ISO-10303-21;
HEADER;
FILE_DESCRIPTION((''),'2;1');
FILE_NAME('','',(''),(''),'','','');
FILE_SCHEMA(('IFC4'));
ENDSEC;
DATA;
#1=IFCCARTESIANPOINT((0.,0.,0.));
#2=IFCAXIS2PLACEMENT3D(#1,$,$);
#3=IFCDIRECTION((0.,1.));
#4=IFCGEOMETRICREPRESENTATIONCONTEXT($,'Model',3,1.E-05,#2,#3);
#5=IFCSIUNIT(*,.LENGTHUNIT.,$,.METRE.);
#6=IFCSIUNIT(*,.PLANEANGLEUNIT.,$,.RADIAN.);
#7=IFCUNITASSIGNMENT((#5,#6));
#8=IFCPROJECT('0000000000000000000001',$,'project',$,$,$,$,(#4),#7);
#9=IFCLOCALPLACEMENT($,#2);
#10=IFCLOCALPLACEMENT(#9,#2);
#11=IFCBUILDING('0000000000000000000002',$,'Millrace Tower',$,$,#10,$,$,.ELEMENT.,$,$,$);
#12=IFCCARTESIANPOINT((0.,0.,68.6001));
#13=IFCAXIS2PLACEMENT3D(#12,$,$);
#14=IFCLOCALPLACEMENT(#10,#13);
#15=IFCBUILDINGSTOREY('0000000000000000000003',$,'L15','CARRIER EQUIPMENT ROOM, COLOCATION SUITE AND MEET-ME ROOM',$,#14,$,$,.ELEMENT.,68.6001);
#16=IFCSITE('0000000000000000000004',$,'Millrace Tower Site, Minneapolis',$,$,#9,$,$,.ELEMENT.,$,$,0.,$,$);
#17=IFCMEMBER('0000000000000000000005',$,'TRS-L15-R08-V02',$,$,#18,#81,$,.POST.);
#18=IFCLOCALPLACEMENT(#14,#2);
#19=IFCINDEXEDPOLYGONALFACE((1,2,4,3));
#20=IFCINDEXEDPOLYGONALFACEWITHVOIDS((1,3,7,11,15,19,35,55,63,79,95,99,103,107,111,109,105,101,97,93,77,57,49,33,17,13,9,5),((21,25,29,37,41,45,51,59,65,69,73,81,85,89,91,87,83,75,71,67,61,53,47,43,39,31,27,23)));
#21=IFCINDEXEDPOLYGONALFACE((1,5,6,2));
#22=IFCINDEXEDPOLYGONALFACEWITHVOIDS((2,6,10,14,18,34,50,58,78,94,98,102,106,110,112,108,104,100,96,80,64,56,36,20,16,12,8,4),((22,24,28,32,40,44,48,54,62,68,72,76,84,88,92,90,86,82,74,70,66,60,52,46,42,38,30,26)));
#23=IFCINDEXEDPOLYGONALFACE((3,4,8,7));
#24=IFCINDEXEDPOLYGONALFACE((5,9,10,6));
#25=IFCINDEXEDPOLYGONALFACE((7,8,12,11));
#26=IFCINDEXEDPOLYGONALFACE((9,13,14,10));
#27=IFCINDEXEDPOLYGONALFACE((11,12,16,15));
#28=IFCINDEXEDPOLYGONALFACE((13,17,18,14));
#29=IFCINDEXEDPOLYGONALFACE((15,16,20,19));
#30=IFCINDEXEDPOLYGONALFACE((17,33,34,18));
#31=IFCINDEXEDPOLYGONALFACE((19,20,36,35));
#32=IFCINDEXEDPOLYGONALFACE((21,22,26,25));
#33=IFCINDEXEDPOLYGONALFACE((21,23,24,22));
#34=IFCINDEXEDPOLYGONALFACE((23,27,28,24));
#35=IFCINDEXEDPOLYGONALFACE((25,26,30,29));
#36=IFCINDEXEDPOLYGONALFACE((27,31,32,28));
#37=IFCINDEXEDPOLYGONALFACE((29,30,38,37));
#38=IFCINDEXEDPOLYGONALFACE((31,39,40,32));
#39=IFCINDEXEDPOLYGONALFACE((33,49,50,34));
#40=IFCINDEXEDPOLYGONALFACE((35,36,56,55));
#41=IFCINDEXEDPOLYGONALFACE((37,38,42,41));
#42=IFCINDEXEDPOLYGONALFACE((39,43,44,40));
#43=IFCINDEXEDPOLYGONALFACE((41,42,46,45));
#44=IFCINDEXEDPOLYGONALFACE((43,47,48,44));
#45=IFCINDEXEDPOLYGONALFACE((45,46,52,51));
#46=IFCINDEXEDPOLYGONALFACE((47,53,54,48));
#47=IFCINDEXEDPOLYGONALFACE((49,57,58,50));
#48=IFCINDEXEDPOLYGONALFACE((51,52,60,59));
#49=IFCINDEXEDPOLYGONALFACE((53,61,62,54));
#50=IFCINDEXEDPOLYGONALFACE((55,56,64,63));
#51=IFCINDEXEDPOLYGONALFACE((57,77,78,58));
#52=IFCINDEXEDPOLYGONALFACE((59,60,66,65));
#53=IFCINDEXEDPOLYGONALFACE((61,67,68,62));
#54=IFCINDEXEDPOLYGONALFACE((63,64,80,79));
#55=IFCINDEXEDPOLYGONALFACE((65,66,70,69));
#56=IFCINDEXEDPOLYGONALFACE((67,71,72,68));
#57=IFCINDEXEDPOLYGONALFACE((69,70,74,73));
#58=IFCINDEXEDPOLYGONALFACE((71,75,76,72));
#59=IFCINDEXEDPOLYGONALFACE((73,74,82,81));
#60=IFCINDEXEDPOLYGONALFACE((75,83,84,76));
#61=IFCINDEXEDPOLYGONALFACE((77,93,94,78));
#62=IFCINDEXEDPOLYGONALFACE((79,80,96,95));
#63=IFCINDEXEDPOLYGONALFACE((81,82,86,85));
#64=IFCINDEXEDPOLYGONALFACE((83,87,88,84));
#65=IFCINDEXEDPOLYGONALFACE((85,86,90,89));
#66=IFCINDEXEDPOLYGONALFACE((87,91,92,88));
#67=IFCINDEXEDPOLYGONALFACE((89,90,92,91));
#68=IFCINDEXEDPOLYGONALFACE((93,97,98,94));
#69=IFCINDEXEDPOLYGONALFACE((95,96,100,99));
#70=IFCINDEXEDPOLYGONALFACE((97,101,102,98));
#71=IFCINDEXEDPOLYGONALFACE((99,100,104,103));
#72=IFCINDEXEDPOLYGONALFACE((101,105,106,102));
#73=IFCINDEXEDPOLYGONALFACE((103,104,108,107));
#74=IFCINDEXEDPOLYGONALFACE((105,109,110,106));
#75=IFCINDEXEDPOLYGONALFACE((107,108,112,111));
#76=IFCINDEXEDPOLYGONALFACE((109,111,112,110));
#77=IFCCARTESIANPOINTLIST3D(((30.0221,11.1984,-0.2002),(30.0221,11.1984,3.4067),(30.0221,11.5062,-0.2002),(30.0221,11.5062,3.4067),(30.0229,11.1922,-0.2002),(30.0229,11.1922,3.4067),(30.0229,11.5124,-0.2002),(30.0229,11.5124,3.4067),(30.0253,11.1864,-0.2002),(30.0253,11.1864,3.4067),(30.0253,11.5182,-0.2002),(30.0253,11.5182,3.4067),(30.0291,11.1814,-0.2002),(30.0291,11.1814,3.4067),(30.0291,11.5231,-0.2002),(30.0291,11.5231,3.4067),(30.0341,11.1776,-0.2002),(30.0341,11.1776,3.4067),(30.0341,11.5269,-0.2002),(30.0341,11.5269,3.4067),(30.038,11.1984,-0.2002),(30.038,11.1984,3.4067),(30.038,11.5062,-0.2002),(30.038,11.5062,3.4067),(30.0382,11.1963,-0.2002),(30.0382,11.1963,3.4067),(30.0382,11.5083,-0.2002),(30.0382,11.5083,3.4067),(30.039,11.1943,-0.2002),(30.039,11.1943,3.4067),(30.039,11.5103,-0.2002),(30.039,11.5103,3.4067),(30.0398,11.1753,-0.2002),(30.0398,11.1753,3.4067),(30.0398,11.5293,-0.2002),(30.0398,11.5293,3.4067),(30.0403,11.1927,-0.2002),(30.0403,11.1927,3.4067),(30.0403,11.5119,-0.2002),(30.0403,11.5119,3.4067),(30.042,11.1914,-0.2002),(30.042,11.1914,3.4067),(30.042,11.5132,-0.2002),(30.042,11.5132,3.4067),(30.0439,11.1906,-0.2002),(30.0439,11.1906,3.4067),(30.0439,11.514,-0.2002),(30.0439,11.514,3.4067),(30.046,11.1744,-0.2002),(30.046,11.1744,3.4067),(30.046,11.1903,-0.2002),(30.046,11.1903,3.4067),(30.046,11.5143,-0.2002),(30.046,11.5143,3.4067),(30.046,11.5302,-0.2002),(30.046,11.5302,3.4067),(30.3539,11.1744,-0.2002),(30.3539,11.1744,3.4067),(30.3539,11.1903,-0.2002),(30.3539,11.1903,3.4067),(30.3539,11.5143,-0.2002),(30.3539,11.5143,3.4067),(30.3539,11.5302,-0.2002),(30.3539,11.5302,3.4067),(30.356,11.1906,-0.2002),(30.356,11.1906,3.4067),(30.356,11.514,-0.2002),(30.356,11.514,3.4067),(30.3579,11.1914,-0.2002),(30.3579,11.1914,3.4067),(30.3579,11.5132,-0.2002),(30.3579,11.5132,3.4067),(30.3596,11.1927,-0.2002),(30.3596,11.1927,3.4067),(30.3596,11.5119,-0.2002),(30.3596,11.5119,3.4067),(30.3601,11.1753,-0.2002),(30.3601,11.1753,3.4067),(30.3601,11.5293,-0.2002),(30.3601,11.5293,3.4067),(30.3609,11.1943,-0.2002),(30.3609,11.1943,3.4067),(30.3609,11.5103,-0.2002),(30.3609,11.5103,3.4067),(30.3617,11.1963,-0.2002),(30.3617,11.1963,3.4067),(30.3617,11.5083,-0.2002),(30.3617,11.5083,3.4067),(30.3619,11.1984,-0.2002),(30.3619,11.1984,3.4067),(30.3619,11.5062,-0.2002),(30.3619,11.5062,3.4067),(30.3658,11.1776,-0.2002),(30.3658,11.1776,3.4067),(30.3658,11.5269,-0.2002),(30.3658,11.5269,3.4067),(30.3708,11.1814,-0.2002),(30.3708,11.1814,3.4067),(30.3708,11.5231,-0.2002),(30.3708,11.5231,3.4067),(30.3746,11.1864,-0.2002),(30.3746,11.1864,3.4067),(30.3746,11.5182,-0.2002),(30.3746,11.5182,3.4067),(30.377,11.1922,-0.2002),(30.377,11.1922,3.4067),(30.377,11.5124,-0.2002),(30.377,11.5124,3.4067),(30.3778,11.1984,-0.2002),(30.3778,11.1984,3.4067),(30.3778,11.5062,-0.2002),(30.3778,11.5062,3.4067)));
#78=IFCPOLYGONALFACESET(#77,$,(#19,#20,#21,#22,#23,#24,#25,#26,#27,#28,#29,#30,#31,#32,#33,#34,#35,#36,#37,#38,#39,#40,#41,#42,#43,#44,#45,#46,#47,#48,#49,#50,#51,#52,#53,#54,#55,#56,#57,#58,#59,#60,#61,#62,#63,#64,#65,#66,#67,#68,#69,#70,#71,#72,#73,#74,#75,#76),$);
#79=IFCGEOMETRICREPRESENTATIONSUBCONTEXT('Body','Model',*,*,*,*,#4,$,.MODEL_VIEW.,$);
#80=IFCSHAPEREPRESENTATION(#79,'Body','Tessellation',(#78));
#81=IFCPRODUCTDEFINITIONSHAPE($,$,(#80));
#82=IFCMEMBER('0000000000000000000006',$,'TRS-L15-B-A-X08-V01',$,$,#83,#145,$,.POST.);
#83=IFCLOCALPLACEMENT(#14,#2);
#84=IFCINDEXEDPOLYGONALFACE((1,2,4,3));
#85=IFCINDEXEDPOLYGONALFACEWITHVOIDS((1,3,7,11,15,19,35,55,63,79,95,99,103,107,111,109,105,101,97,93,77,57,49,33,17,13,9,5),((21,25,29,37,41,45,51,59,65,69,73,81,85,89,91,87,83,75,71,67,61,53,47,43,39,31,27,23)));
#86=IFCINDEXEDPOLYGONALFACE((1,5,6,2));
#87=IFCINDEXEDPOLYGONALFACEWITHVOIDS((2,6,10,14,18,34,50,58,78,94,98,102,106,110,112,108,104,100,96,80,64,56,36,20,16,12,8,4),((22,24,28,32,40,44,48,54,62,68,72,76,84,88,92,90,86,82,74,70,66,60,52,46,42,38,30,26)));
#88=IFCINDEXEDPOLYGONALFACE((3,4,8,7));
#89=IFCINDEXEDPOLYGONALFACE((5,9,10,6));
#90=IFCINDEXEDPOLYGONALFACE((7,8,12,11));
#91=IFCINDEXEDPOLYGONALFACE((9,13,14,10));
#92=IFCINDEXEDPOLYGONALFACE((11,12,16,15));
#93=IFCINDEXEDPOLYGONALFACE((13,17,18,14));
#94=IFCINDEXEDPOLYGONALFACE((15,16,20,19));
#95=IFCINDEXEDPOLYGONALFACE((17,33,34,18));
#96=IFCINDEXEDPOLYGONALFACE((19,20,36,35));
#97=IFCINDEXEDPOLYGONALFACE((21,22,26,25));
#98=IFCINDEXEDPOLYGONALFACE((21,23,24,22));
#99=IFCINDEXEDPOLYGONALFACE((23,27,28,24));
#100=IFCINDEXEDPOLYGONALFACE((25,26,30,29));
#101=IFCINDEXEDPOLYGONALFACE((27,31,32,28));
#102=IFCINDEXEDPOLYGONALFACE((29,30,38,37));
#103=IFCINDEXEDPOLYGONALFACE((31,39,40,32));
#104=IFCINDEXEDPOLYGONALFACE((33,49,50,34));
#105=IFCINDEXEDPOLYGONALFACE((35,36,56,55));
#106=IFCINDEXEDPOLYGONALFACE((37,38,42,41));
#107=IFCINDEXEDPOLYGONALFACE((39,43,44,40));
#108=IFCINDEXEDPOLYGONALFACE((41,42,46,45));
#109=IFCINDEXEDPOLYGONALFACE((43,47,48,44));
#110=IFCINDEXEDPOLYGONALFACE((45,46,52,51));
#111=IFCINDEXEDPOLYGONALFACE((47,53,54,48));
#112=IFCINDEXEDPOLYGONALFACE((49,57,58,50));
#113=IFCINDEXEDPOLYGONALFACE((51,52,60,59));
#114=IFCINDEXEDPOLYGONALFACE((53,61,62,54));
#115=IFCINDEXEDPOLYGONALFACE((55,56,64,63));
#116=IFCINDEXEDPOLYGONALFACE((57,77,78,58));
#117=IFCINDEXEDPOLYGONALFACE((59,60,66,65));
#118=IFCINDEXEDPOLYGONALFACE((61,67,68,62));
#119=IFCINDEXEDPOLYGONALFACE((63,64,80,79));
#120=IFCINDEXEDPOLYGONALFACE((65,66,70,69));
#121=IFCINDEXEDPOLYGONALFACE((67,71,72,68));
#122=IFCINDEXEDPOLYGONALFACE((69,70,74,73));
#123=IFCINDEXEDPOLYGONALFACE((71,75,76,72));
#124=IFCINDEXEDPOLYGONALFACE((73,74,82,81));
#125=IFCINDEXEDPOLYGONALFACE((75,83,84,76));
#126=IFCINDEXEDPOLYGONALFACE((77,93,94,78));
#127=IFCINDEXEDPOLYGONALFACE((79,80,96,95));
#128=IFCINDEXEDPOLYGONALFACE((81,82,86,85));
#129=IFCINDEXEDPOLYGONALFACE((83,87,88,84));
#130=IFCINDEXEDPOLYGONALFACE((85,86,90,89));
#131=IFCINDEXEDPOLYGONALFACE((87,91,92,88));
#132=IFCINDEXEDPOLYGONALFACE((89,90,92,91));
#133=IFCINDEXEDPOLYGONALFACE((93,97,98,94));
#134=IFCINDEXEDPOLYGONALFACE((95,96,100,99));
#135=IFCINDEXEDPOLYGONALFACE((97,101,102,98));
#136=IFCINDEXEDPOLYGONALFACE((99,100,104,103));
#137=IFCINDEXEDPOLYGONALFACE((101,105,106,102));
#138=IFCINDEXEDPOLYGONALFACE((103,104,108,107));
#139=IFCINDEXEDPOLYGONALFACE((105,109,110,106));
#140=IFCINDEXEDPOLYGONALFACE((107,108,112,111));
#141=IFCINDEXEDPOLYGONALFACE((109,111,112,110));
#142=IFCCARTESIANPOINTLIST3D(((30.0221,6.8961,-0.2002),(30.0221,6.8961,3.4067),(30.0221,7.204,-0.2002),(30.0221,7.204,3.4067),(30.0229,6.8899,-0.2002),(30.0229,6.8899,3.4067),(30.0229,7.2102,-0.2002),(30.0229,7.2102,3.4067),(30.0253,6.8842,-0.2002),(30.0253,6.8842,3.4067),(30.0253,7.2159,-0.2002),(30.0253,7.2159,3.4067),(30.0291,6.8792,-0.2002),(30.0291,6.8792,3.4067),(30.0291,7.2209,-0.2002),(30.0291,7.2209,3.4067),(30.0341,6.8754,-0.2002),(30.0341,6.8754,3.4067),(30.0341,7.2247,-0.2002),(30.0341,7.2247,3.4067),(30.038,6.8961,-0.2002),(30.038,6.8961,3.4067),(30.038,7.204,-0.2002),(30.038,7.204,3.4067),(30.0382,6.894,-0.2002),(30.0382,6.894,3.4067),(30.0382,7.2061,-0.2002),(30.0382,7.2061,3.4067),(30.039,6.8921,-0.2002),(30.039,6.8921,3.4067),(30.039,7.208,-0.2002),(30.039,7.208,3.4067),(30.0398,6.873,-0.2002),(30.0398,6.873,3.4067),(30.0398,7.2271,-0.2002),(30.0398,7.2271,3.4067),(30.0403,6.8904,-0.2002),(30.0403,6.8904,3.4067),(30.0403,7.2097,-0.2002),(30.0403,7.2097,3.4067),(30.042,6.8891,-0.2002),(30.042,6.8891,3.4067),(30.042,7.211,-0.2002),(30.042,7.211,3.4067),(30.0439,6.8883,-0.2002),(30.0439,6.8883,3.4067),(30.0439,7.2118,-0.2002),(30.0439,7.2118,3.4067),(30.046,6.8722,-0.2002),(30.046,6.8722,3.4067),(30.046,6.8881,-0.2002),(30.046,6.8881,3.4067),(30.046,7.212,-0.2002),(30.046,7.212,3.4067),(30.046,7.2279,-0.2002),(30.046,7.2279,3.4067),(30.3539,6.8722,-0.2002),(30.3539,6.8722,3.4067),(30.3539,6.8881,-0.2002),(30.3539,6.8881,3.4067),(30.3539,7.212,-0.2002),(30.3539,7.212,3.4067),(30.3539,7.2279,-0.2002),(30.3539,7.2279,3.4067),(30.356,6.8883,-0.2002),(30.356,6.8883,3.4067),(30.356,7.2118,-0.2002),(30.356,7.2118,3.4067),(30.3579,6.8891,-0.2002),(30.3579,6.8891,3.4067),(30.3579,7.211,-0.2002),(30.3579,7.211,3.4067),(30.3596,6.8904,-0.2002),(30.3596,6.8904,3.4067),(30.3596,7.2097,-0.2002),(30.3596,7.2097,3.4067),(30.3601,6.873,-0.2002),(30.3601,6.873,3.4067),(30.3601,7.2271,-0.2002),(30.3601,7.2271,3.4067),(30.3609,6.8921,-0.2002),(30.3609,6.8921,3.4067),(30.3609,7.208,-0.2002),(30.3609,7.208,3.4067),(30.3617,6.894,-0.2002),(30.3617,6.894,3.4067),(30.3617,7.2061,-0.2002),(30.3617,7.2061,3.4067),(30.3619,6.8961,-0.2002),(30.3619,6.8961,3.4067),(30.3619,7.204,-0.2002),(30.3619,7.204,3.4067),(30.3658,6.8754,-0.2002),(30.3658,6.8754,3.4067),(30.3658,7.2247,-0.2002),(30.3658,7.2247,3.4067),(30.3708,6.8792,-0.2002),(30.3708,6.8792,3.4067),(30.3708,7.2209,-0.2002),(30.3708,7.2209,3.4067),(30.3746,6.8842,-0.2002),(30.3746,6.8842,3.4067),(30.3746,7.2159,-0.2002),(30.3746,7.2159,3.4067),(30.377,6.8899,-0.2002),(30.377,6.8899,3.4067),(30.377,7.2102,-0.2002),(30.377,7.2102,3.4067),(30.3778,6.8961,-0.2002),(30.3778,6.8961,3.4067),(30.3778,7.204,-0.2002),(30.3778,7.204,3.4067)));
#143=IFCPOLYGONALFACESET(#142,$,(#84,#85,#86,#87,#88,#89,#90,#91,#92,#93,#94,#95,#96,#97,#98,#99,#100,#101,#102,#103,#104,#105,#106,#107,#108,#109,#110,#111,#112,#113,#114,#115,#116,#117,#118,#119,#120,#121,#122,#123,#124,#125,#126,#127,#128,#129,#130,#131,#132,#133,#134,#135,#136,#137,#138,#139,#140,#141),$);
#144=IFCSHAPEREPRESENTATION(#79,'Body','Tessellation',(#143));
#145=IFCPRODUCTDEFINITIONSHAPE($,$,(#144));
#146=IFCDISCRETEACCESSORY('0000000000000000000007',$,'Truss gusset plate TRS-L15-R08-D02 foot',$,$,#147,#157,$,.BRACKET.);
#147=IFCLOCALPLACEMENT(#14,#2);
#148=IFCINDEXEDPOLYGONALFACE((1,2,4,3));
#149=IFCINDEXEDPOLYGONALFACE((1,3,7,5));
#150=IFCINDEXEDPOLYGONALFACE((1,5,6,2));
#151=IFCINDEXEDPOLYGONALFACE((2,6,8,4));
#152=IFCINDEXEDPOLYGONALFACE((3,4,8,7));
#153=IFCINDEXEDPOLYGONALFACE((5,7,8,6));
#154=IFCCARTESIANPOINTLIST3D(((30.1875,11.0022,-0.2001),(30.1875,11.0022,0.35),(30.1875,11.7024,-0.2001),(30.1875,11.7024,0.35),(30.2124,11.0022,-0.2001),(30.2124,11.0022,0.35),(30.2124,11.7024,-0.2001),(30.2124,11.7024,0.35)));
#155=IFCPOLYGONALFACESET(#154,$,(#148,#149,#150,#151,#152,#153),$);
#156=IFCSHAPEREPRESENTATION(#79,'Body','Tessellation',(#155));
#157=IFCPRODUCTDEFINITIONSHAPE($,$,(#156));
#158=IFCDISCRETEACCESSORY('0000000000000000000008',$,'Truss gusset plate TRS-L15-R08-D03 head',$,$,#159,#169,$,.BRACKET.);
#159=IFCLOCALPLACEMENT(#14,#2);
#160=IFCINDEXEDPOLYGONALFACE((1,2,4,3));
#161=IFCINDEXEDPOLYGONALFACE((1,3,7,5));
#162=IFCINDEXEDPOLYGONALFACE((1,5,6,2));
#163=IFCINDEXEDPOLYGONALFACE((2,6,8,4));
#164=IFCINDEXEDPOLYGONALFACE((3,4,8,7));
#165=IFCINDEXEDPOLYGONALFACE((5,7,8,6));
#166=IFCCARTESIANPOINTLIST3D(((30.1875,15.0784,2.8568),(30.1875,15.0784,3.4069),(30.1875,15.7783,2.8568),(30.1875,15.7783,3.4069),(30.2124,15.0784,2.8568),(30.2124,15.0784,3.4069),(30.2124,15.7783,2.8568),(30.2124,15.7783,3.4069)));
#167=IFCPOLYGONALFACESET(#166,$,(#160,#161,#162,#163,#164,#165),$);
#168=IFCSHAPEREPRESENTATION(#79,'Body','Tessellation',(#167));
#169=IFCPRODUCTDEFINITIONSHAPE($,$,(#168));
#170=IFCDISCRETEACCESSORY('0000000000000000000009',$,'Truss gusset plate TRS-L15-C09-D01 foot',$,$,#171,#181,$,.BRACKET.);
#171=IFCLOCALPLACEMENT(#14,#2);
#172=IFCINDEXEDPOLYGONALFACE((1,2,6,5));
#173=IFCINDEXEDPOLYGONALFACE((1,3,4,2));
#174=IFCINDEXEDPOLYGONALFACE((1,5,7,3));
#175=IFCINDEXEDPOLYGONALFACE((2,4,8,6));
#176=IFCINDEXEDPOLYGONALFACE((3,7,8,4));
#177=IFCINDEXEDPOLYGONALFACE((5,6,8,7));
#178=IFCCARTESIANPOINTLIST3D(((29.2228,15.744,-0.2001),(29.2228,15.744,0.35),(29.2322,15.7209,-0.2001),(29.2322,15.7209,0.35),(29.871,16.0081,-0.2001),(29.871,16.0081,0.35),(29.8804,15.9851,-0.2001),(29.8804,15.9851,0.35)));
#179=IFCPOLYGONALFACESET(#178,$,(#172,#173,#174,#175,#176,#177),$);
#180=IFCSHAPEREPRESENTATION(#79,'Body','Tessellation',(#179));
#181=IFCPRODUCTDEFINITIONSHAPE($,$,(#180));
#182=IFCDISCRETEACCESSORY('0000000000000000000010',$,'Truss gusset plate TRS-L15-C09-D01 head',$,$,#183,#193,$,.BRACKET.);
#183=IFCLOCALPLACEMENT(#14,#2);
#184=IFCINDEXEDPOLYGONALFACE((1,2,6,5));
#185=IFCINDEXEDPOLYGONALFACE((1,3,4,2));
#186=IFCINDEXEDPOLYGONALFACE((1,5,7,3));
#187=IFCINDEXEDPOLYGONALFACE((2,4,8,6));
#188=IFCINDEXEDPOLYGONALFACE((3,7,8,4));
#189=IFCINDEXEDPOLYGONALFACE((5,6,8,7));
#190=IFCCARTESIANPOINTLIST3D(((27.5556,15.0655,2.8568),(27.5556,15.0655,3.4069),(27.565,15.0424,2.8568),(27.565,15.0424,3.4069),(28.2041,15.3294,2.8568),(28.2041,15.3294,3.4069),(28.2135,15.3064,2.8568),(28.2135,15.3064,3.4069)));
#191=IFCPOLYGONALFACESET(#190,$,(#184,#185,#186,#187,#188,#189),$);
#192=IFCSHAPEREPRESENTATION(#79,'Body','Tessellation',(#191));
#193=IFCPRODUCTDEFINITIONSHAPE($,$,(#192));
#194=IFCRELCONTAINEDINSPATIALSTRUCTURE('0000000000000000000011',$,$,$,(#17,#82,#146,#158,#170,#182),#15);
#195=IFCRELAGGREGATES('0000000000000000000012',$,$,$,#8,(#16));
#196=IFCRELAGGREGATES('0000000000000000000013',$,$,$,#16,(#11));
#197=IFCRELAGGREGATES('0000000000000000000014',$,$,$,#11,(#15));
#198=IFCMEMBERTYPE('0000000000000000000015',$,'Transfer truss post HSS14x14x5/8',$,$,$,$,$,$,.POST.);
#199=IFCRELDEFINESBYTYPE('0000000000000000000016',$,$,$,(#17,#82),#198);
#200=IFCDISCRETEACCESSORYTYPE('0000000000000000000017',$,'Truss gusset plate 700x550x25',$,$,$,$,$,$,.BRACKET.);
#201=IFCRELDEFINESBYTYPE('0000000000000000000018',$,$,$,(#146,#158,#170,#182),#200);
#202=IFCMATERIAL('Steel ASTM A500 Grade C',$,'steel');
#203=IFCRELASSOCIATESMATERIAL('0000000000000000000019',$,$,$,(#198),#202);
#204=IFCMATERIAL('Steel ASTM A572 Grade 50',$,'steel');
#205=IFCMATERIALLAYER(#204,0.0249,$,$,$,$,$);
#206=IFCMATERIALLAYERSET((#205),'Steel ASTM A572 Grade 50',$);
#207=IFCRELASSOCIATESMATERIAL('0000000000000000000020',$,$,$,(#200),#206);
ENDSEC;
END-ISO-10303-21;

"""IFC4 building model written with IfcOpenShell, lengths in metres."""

from ifc_helpers import new_model, si_unit, direction, frame, origin, origin_2d, place, context, subcontext, project, spatial, rectangle, hollow_rectangle, extrude, material, layer, layer_set, material_profile, profile_set, type_object, element, save


model = new_model("IFC4")

# Units and contexts
model_context = context("Model", 3, precision=1e-05, world=origin(), true_north=direction((0.0, 1.0)))
body_context = subcontext(model_context, "Body", "Model", "MODEL_VIEW")
ifc_project = project(units=[si_unit("LENGTHUNIT", "METRE"), si_unit("PLANEANGLEUNIT", "RADIAN")], contexts=[model_context])

# Site, building, storey
site_placement = place(None, origin())
site = spatial("IfcSite", under=ifc_project, at=site_placement, Name="Millrace Tower Site, Minneapolis", CompositionType="ELEMENT", RefElevation=0.0)
building_placement = place(site_placement, origin())
building = spatial("IfcBuilding", under=site, at=building_placement, Name="Millrace Tower", CompositionType="ELEMENT")
storey_placement = place(building_placement, frame((0.0, 0.0, 68.6001)))
storey = spatial("IfcBuildingStorey", under=building, at=storey_placement, Name="L15", Description="CARRIER EQUIPMENT ROOM, COLOCATION SUITE AND MEET-ME ROOM", CompositionType="ELEMENT", Elevation=68.6001)

# Members
ifc_material_1 = material(Name="Steel ASTM A500 Grade C", Category="steel")
ifc_material_profile_1 = material_profile(ifc_material_1, hollow_rectangle(XDim=0.3557, YDim=0.3557, WallThickness=0.0159, InnerFilletRadius=0.0081, OuterFilletRadius=0.0239, at=origin_2d()))
ifc_profile_set_1 = profile_set([ifc_material_profile_1], Name="Steel ASTM A500 Grade C")
member_type_1 = type_object("IfcMemberType", Name="Transfer truss post HSS14x14x5/8", PredefinedType="POST", material=ifc_profile_set_1)
for number, where, z_axis, x_axis, name in (
    (1, (30.2, 11.3523, -0.2002), (0.0, 0.0, 1.0), (1.0, 0.0, 0.0), "TRS-L15-R08-V02"),
    (2, (30.2, 7.05, -0.2002), (0.0, 0.0, 1.0), (1.0, 0.0, 0.0), "TRS-L15-B-A-X08-V01"),
):
    element("IfcMember", number, at=place(storey_placement, frame(where, z_axis=z_axis, x_axis=x_axis)), inside=storey, type_object=member_type_1, Name=name, PredefinedType="POST", context=body_context, shape_type="SweptSolid", body=[
        extrude(hollow_rectangle(XDim=0.3557, YDim=0.3557, WallThickness=0.0159, InnerFilletRadius=0.0081, OuterFilletRadius=0.0239, at=origin_2d()), origin(), (0.0, 0.0, 1.0), 3.6069),
    ])

# Discrete accessories
ifc_material_2 = material(Name="Steel ASTM A572 Grade 50", Category="steel")
ifc_layer_1 = layer(ifc_material_2, 0.0249)
ifc_layer_set_1 = layer_set([ifc_layer_1], Name="Steel ASTM A572 Grade 50")
discrete_accessory_type = type_object("IfcDiscreteAccessoryType", Name="Truss gusset plate 700x550x25", PredefinedType="BRACKET", material=ifc_layer_set_1)
discrete_accessory_1_placement = place(storey_placement, frame((30.2, 11.0022, 0.075), z_axis=(0.0, 1.0, 0.0), x_axis=(-1.0, 0.0, 0.0)))
element("IfcDiscreteAccessory", 3, at=discrete_accessory_1_placement, inside=storey, type_object=discrete_accessory_type, Name="Truss gusset plate TRS-L15-R08-D02 foot", PredefinedType="BRACKET", context=body_context, shape_type="SweptSolid", body=[
    extrude(rectangle(XDim=0.0249, YDim=0.55, at=origin_2d()), origin(), (0.0, 0.0, 1.0), 0.7002),
])
for number, where, z_axis, x_axis, name in (
    (4, (30.2, 15.0784, 3.1318), (0.0, 1.0, 0.0), (-1.0, 0.0, 0.0), "Truss gusset plate TRS-L15-R08-D03 head"),
    (5, (29.2275, 15.7324, 0.075), (0.926052, 0.377397, 0.0), (-0.377397, 0.926052, 0.0), "Truss gusset plate TRS-L15-C09-D01 foot"),
):
    element("IfcDiscreteAccessory", number, at=place(storey_placement, frame(where, z_axis=z_axis, x_axis=x_axis)), inside=storey, type_object=discrete_accessory_type, Name=name, PredefinedType="BRACKET", context=body_context, shape_type="SweptSolid", body=[
        extrude(rectangle(XDim=0.0249, YDim=0.55, at=origin_2d()), origin(), (0.0, 0.0, 1.0), 0.7),
    ])
discrete_accessory_2_placement = place(storey_placement, frame((27.5603, 15.054, 3.1318), z_axis=(0.926223, 0.376976, 0.0), x_axis=(-0.376976, 0.926223, 0.0)))
element("IfcDiscreteAccessory", 6, at=discrete_accessory_2_placement, inside=storey, type_object=discrete_accessory_type, Name="Truss gusset plate TRS-L15-C09-D01 head", PredefinedType="BRACKET", context=body_context, shape_type="SweptSolid", body=[
    extrude(rectangle(XDim=0.0249, YDim=0.55, at=origin_2d()), origin(), (0.0, 0.0, 1.0), 0.7002),
])

save(model, "model.ifc")
